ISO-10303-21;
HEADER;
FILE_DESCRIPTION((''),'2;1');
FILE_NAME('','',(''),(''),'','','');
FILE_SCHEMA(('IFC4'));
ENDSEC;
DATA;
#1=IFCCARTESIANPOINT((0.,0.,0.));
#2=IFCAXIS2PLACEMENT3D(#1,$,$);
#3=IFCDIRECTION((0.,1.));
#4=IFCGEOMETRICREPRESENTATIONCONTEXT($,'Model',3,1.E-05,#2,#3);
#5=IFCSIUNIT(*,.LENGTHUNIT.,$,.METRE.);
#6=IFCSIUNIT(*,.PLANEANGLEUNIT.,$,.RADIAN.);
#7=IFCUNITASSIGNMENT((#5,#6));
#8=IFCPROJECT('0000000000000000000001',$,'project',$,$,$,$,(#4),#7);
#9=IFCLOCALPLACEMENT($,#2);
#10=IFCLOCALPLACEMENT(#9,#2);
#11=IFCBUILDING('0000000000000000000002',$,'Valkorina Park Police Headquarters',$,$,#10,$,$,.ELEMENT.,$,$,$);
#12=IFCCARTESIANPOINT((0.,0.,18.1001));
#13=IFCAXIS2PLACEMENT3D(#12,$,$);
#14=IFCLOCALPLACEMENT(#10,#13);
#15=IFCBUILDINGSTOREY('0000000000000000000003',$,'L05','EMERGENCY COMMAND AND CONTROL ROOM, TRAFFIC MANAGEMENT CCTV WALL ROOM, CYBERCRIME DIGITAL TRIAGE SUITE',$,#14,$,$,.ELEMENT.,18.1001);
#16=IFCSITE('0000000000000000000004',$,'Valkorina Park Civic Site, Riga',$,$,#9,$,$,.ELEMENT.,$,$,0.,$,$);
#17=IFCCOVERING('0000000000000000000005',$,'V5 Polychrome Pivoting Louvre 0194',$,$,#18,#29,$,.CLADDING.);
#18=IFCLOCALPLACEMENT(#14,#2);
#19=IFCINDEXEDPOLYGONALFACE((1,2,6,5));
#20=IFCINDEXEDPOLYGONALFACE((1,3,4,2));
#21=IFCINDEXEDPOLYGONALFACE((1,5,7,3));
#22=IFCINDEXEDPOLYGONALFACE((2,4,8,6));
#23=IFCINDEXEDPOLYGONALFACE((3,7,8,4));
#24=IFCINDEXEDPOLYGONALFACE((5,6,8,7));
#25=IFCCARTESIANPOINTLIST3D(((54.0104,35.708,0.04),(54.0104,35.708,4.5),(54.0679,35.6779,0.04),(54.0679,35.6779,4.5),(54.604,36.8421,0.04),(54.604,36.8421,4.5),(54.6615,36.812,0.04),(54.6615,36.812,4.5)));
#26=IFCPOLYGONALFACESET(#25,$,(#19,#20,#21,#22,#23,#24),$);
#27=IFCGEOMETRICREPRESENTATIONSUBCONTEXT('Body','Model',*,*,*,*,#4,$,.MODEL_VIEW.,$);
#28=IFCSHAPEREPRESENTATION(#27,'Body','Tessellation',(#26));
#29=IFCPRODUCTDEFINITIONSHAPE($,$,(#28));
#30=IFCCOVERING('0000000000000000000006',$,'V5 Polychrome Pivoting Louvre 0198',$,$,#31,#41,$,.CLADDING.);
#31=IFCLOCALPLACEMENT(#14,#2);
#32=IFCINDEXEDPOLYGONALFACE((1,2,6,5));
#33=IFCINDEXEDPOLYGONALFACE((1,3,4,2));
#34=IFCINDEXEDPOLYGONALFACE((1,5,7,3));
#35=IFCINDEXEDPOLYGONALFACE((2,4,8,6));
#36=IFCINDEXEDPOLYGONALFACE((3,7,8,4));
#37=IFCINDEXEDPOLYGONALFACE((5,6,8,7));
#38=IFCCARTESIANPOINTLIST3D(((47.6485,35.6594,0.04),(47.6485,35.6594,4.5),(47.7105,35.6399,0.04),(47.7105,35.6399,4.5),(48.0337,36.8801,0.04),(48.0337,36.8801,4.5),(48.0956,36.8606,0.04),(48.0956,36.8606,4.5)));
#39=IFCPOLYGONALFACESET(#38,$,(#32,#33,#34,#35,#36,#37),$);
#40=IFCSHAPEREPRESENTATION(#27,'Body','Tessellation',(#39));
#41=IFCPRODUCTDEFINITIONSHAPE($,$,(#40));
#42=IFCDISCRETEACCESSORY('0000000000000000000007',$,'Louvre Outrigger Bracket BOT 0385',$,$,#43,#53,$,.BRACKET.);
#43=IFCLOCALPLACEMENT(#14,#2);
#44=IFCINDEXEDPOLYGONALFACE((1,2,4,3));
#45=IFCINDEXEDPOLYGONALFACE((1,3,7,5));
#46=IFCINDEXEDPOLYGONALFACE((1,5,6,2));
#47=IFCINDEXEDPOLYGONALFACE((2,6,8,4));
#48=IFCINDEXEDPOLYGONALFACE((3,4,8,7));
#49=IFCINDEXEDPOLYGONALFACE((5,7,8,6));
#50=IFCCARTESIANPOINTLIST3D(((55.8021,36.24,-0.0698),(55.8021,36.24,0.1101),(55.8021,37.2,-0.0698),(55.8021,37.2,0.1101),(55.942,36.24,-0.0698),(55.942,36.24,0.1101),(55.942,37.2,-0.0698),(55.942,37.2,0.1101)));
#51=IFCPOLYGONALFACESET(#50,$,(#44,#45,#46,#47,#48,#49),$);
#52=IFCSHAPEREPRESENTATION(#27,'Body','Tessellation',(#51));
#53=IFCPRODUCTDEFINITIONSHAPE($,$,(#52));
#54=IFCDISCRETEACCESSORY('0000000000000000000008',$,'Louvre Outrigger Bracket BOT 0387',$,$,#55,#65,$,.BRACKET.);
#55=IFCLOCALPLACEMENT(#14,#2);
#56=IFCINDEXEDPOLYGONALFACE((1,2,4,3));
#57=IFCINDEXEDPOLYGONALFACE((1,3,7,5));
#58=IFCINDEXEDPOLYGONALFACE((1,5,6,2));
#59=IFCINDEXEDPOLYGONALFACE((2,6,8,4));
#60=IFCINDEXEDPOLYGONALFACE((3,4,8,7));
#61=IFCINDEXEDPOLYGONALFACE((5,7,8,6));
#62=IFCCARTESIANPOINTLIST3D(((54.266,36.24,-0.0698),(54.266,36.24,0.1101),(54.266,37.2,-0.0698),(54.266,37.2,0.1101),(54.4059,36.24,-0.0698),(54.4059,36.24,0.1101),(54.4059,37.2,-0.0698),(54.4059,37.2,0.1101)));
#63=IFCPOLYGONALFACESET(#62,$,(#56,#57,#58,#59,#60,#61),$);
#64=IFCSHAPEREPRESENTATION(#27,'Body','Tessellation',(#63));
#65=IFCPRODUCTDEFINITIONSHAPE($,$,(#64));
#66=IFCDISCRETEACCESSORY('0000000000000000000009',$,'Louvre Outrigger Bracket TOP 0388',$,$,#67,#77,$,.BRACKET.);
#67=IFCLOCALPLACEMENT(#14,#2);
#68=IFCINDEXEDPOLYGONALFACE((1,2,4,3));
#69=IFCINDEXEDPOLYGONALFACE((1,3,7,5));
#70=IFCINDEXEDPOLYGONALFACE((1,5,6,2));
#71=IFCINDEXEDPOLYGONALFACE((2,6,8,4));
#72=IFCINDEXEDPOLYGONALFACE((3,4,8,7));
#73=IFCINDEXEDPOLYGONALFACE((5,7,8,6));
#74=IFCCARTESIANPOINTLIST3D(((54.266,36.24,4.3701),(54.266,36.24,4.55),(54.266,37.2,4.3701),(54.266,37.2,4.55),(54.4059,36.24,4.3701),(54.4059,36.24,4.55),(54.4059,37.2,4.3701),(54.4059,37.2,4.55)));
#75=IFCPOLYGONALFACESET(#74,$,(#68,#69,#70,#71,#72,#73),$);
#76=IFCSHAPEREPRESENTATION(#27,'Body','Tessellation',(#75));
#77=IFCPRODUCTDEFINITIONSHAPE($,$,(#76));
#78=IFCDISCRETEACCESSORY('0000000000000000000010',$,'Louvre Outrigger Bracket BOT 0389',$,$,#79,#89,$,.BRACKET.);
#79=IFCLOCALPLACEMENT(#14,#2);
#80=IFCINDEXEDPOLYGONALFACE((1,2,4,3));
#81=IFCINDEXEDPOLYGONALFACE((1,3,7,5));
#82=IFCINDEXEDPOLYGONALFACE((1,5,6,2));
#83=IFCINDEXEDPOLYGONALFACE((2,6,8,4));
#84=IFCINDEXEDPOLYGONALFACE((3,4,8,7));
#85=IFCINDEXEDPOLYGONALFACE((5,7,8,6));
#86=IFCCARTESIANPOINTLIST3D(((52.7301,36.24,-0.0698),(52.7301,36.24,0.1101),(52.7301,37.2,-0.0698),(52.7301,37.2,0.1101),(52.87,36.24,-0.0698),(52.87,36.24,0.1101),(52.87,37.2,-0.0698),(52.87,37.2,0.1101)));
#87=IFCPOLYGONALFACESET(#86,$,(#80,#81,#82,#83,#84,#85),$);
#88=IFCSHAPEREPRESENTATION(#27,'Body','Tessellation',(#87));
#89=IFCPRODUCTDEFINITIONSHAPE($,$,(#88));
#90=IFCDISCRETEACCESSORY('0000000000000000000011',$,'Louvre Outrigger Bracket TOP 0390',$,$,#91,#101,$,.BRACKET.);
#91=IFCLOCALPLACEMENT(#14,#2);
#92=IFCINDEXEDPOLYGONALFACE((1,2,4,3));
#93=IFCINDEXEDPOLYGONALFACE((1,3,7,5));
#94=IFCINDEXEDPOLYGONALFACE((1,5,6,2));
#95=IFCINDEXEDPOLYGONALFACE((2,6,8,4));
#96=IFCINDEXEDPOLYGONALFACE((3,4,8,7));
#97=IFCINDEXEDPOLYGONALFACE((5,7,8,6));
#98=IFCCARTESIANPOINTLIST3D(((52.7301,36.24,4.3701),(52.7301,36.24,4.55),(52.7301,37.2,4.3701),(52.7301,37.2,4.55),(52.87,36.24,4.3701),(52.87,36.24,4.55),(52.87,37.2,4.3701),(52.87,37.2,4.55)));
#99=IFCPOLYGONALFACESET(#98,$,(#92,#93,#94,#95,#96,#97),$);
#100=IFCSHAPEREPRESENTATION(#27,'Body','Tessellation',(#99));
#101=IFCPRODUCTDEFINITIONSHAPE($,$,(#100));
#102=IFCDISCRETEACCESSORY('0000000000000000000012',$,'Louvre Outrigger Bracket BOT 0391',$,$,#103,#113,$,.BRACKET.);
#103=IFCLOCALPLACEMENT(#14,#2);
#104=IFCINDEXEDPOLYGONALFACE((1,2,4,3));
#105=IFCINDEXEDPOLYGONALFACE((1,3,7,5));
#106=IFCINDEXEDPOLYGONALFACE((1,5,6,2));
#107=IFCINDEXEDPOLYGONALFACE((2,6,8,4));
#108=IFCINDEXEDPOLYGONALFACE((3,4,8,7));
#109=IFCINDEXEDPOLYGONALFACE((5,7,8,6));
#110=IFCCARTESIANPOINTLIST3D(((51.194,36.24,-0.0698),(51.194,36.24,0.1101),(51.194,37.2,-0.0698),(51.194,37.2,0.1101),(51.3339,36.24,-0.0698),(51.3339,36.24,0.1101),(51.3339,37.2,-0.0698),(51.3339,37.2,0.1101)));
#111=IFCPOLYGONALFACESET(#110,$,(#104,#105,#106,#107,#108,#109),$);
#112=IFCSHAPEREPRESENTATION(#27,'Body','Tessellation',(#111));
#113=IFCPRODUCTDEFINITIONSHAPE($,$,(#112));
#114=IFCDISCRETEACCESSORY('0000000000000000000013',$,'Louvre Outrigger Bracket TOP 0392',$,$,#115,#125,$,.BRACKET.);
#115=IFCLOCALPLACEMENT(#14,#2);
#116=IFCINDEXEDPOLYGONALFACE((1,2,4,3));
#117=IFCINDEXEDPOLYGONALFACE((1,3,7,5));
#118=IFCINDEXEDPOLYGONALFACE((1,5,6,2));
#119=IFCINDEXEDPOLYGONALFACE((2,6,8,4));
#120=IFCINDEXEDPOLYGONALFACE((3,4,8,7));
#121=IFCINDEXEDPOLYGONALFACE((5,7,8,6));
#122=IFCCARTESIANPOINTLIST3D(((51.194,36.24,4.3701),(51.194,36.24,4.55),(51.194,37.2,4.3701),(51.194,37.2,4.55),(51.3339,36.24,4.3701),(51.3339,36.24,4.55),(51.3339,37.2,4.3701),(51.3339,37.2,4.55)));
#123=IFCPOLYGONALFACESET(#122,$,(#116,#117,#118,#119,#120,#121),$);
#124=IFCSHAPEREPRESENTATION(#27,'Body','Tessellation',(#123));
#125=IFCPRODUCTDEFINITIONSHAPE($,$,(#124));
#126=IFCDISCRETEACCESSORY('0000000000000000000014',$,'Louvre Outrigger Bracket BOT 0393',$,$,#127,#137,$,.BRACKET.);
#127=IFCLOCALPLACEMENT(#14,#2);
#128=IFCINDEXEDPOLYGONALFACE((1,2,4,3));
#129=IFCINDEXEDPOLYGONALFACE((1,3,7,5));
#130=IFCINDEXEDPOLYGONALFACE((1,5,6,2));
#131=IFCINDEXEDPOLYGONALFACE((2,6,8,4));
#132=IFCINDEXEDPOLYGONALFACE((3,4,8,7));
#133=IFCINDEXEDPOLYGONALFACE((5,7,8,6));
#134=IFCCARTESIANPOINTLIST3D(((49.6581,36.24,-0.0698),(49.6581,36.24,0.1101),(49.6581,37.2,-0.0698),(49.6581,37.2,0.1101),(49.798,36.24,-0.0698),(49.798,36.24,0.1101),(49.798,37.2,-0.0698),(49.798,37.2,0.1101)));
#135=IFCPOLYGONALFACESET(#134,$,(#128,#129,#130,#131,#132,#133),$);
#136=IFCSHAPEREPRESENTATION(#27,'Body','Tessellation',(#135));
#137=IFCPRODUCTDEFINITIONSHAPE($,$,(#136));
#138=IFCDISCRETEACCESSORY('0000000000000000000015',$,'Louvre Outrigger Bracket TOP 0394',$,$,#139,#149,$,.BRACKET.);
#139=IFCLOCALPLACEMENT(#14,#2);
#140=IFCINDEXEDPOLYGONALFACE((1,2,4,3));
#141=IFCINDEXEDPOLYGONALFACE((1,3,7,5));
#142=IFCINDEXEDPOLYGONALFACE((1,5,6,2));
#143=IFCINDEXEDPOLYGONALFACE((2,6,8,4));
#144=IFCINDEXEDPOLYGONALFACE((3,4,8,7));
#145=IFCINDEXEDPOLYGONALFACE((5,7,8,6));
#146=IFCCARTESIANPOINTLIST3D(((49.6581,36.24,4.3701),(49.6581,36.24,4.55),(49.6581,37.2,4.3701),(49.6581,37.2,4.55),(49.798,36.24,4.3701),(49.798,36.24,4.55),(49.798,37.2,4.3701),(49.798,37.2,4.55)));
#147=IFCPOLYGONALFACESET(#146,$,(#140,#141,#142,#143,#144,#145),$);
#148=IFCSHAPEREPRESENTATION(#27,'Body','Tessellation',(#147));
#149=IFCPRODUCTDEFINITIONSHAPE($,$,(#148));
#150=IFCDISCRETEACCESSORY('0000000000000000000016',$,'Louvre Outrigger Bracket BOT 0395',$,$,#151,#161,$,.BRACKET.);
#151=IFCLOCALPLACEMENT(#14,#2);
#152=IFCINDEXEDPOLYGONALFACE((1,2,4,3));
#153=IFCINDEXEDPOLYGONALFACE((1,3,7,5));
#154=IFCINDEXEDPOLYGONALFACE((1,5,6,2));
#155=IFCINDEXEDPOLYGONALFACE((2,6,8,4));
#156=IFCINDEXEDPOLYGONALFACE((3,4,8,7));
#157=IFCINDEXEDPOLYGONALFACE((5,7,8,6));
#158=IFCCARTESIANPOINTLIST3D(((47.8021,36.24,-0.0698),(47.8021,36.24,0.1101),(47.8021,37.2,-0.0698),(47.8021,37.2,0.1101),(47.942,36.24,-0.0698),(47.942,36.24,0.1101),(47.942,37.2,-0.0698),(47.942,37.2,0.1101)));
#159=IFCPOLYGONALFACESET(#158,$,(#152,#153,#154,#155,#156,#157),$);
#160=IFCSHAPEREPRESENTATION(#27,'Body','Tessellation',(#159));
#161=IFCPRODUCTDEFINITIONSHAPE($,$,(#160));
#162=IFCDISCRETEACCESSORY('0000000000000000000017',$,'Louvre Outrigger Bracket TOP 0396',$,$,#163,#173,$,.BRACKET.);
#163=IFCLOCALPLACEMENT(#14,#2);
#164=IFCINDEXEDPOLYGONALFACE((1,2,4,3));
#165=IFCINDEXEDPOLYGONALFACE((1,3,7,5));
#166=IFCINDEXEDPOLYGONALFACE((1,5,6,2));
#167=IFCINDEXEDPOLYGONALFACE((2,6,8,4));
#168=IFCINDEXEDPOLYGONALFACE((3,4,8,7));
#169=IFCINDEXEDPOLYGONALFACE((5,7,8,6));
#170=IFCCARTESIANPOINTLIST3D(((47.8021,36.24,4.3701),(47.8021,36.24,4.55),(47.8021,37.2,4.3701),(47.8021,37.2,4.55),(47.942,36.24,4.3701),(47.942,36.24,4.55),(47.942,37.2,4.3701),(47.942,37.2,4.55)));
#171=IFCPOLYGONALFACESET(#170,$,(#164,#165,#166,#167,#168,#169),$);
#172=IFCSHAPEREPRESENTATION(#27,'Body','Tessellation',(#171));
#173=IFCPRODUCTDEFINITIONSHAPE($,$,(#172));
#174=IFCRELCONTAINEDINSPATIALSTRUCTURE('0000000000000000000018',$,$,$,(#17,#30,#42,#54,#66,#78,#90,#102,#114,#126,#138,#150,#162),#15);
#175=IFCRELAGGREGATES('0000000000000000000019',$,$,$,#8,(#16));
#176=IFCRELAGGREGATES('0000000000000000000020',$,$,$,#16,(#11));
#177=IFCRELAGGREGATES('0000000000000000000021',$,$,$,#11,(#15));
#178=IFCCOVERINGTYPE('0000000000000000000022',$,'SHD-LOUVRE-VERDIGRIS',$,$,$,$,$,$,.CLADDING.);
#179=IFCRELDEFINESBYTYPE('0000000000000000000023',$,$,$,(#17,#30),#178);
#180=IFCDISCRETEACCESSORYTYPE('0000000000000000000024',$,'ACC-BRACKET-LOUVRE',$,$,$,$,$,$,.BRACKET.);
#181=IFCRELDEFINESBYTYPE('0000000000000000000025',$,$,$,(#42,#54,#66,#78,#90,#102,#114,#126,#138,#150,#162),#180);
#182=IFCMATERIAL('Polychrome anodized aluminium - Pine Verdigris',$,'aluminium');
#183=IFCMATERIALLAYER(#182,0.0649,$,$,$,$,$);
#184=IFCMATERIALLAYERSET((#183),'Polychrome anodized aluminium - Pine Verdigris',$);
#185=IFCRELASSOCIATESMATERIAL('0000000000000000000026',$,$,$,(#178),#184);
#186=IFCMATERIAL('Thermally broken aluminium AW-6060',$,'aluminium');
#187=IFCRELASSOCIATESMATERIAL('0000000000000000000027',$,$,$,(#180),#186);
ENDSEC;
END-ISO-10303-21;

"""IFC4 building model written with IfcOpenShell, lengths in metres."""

from ifc_helpers import new_model, si_unit, direction, frame, origin, origin_2d, place, context, subcontext, project, spatial, rectangle, extrude, material, layer, layer_set, type_object, element, save


model = new_model("IFC4")

# Units and contexts
model_context = context("Model", 3, precision=1e-05, world=origin(), true_north=direction((0.0, 1.0)))
body_context = subcontext(model_context, "Body", "Model", "MODEL_VIEW")
ifc_project = project(units=[si_unit("LENGTHUNIT", "METRE"), si_unit("PLANEANGLEUNIT", "RADIAN")], contexts=[model_context])

# Site, building, storey
site_placement = place(None, origin())
site = spatial("IfcSite", under=ifc_project, at=site_placement, Name="Valkorina Park Civic Site, Riga", CompositionType="ELEMENT", RefElevation=0.0)
building_placement = place(site_placement, origin())
building = spatial("IfcBuilding", under=site, at=building_placement, Name="Valkorina Park Police Headquarters", CompositionType="ELEMENT")
storey_placement = place(building_placement, frame((0.0, 0.0, 18.1001)))
storey = spatial("IfcBuildingStorey", under=building, at=storey_placement, Name="L05", Description="EMERGENCY COMMAND AND CONTROL ROOM, TRAFFIC MANAGEMENT CCTV WALL ROOM, CYBERCRIME DIGITAL TRIAGE SUITE", CompositionType="ELEMENT", Elevation=18.1001)

# Shared definitions
ifc_material_1 = material(Name="Thermally broken aluminium AW-6060", Category="aluminium")

# Coverings
ifc_material_2 = material(Name="Polychrome anodized aluminium - Pine Verdigris", Category="aluminium")
ifc_layer_1 = layer(ifc_material_2, 0.0649)
ifc_layer_set_1 = layer_set([ifc_layer_1], Name="Polychrome anodized aluminium - Pine Verdigris")
covering_type_1 = type_object("IfcCoveringType", Name="SHD-LOUVRE-VERDIGRIS", PredefinedType="CLADDING", material=ifc_layer_set_1)
for number, where, z_axis, x_axis, name in (
    (1, (54.3359, 36.26, 0.04), (0.0, 0.0, 1.0), (-0.46376, -0.885961, 0.0), "V5 Polychrome Pivoting Louvre 0194"),
    (2, (47.8721, 36.26, 0.04), (0.0, 0.0, 1.0), (-0.300872, -0.953664, 0.0), "V5 Polychrome Pivoting Louvre 0198"),
):
    element("IfcCovering", number, at=place(storey_placement, frame(where, z_axis=z_axis, x_axis=x_axis)), inside=storey, type_object=covering_type_1, Name=name, PredefinedType="CLADDING", context=body_context, shape_type="SweptSolid", body=[
        extrude(rectangle(XDim=1.28, YDim=0.0649, at=origin_2d()), origin(), (0.0, 0.0, 1.0), 4.46),
    ])

# Discrete accessories
discrete_accessory_type = type_object("IfcDiscreteAccessoryType", Name="ACC-BRACKET-LOUVRE", PredefinedType="BRACKET", material=ifc_material_1)
for number, where, z_axis, x_axis, name in (
    (3, (55.8721, 36.72, -0.0698), (0.0, 0.0, 1.0), (0.0, -1.0, 0.0), "Louvre Outrigger Bracket BOT 0385"),
    (4, (54.3359, 36.72, -0.0698), (0.0, 0.0, 1.0), (0.0, -1.0, 0.0), "Louvre Outrigger Bracket BOT 0387"),
    (5, (54.3359, 36.72, 4.3701), (0.0, 0.0, 1.0), (0.0, -1.0, 0.0), "Louvre Outrigger Bracket TOP 0388"),
    (6, (52.8, 36.72, -0.0698), (0.0, 0.0, 1.0), (0.0, -1.0, 0.0), "Louvre Outrigger Bracket BOT 0389"),
    (7, (52.8, 36.72, 4.3701), (0.0, 0.0, 1.0), (0.0, -1.0, 0.0), "Louvre Outrigger Bracket TOP 0390"),
    (8, (51.2639, 36.72, -0.0698), (0.0, 0.0, 1.0), (0.0, -1.0, 0.0), "Louvre Outrigger Bracket BOT 0391"),
    (9, (51.2639, 36.72, 4.3701), (0.0, 0.0, 1.0), (0.0, -1.0, 0.0), "Louvre Outrigger Bracket TOP 0392"),
    (10, (49.728, 36.72, -0.0698), (0.0, 0.0, 1.0), (0.0, -1.0, 0.0), "Louvre Outrigger Bracket BOT 0393"),
    (11, (49.728, 36.72, 4.3701), (0.0, 0.0, 1.0), (0.0, -1.0, 0.0), "Louvre Outrigger Bracket TOP 0394"),
    (12, (47.8721, 36.72, -0.0698), (0.0, 0.0, 1.0), (0.0, -1.0, 0.0), "Louvre Outrigger Bracket BOT 0395"),
    (13, (47.8721, 36.72, 4.3701), (0.0, 0.0, 1.0), (0.0, -1.0, 0.0), "Louvre Outrigger Bracket TOP 0396"),
):
    element("IfcDiscreteAccessory", number, at=place(storey_placement, frame(where, z_axis=z_axis, x_axis=x_axis)), inside=storey, type_object=discrete_accessory_type, Name=name, PredefinedType="BRACKET", context=body_context, shape_type="SweptSolid", body=[
        extrude(rectangle(XDim=0.96, YDim=0.1399, at=origin_2d()), origin(), (0.0, 0.0, 1.0), 0.1799),
    ])

save(model, "model.ifc")
